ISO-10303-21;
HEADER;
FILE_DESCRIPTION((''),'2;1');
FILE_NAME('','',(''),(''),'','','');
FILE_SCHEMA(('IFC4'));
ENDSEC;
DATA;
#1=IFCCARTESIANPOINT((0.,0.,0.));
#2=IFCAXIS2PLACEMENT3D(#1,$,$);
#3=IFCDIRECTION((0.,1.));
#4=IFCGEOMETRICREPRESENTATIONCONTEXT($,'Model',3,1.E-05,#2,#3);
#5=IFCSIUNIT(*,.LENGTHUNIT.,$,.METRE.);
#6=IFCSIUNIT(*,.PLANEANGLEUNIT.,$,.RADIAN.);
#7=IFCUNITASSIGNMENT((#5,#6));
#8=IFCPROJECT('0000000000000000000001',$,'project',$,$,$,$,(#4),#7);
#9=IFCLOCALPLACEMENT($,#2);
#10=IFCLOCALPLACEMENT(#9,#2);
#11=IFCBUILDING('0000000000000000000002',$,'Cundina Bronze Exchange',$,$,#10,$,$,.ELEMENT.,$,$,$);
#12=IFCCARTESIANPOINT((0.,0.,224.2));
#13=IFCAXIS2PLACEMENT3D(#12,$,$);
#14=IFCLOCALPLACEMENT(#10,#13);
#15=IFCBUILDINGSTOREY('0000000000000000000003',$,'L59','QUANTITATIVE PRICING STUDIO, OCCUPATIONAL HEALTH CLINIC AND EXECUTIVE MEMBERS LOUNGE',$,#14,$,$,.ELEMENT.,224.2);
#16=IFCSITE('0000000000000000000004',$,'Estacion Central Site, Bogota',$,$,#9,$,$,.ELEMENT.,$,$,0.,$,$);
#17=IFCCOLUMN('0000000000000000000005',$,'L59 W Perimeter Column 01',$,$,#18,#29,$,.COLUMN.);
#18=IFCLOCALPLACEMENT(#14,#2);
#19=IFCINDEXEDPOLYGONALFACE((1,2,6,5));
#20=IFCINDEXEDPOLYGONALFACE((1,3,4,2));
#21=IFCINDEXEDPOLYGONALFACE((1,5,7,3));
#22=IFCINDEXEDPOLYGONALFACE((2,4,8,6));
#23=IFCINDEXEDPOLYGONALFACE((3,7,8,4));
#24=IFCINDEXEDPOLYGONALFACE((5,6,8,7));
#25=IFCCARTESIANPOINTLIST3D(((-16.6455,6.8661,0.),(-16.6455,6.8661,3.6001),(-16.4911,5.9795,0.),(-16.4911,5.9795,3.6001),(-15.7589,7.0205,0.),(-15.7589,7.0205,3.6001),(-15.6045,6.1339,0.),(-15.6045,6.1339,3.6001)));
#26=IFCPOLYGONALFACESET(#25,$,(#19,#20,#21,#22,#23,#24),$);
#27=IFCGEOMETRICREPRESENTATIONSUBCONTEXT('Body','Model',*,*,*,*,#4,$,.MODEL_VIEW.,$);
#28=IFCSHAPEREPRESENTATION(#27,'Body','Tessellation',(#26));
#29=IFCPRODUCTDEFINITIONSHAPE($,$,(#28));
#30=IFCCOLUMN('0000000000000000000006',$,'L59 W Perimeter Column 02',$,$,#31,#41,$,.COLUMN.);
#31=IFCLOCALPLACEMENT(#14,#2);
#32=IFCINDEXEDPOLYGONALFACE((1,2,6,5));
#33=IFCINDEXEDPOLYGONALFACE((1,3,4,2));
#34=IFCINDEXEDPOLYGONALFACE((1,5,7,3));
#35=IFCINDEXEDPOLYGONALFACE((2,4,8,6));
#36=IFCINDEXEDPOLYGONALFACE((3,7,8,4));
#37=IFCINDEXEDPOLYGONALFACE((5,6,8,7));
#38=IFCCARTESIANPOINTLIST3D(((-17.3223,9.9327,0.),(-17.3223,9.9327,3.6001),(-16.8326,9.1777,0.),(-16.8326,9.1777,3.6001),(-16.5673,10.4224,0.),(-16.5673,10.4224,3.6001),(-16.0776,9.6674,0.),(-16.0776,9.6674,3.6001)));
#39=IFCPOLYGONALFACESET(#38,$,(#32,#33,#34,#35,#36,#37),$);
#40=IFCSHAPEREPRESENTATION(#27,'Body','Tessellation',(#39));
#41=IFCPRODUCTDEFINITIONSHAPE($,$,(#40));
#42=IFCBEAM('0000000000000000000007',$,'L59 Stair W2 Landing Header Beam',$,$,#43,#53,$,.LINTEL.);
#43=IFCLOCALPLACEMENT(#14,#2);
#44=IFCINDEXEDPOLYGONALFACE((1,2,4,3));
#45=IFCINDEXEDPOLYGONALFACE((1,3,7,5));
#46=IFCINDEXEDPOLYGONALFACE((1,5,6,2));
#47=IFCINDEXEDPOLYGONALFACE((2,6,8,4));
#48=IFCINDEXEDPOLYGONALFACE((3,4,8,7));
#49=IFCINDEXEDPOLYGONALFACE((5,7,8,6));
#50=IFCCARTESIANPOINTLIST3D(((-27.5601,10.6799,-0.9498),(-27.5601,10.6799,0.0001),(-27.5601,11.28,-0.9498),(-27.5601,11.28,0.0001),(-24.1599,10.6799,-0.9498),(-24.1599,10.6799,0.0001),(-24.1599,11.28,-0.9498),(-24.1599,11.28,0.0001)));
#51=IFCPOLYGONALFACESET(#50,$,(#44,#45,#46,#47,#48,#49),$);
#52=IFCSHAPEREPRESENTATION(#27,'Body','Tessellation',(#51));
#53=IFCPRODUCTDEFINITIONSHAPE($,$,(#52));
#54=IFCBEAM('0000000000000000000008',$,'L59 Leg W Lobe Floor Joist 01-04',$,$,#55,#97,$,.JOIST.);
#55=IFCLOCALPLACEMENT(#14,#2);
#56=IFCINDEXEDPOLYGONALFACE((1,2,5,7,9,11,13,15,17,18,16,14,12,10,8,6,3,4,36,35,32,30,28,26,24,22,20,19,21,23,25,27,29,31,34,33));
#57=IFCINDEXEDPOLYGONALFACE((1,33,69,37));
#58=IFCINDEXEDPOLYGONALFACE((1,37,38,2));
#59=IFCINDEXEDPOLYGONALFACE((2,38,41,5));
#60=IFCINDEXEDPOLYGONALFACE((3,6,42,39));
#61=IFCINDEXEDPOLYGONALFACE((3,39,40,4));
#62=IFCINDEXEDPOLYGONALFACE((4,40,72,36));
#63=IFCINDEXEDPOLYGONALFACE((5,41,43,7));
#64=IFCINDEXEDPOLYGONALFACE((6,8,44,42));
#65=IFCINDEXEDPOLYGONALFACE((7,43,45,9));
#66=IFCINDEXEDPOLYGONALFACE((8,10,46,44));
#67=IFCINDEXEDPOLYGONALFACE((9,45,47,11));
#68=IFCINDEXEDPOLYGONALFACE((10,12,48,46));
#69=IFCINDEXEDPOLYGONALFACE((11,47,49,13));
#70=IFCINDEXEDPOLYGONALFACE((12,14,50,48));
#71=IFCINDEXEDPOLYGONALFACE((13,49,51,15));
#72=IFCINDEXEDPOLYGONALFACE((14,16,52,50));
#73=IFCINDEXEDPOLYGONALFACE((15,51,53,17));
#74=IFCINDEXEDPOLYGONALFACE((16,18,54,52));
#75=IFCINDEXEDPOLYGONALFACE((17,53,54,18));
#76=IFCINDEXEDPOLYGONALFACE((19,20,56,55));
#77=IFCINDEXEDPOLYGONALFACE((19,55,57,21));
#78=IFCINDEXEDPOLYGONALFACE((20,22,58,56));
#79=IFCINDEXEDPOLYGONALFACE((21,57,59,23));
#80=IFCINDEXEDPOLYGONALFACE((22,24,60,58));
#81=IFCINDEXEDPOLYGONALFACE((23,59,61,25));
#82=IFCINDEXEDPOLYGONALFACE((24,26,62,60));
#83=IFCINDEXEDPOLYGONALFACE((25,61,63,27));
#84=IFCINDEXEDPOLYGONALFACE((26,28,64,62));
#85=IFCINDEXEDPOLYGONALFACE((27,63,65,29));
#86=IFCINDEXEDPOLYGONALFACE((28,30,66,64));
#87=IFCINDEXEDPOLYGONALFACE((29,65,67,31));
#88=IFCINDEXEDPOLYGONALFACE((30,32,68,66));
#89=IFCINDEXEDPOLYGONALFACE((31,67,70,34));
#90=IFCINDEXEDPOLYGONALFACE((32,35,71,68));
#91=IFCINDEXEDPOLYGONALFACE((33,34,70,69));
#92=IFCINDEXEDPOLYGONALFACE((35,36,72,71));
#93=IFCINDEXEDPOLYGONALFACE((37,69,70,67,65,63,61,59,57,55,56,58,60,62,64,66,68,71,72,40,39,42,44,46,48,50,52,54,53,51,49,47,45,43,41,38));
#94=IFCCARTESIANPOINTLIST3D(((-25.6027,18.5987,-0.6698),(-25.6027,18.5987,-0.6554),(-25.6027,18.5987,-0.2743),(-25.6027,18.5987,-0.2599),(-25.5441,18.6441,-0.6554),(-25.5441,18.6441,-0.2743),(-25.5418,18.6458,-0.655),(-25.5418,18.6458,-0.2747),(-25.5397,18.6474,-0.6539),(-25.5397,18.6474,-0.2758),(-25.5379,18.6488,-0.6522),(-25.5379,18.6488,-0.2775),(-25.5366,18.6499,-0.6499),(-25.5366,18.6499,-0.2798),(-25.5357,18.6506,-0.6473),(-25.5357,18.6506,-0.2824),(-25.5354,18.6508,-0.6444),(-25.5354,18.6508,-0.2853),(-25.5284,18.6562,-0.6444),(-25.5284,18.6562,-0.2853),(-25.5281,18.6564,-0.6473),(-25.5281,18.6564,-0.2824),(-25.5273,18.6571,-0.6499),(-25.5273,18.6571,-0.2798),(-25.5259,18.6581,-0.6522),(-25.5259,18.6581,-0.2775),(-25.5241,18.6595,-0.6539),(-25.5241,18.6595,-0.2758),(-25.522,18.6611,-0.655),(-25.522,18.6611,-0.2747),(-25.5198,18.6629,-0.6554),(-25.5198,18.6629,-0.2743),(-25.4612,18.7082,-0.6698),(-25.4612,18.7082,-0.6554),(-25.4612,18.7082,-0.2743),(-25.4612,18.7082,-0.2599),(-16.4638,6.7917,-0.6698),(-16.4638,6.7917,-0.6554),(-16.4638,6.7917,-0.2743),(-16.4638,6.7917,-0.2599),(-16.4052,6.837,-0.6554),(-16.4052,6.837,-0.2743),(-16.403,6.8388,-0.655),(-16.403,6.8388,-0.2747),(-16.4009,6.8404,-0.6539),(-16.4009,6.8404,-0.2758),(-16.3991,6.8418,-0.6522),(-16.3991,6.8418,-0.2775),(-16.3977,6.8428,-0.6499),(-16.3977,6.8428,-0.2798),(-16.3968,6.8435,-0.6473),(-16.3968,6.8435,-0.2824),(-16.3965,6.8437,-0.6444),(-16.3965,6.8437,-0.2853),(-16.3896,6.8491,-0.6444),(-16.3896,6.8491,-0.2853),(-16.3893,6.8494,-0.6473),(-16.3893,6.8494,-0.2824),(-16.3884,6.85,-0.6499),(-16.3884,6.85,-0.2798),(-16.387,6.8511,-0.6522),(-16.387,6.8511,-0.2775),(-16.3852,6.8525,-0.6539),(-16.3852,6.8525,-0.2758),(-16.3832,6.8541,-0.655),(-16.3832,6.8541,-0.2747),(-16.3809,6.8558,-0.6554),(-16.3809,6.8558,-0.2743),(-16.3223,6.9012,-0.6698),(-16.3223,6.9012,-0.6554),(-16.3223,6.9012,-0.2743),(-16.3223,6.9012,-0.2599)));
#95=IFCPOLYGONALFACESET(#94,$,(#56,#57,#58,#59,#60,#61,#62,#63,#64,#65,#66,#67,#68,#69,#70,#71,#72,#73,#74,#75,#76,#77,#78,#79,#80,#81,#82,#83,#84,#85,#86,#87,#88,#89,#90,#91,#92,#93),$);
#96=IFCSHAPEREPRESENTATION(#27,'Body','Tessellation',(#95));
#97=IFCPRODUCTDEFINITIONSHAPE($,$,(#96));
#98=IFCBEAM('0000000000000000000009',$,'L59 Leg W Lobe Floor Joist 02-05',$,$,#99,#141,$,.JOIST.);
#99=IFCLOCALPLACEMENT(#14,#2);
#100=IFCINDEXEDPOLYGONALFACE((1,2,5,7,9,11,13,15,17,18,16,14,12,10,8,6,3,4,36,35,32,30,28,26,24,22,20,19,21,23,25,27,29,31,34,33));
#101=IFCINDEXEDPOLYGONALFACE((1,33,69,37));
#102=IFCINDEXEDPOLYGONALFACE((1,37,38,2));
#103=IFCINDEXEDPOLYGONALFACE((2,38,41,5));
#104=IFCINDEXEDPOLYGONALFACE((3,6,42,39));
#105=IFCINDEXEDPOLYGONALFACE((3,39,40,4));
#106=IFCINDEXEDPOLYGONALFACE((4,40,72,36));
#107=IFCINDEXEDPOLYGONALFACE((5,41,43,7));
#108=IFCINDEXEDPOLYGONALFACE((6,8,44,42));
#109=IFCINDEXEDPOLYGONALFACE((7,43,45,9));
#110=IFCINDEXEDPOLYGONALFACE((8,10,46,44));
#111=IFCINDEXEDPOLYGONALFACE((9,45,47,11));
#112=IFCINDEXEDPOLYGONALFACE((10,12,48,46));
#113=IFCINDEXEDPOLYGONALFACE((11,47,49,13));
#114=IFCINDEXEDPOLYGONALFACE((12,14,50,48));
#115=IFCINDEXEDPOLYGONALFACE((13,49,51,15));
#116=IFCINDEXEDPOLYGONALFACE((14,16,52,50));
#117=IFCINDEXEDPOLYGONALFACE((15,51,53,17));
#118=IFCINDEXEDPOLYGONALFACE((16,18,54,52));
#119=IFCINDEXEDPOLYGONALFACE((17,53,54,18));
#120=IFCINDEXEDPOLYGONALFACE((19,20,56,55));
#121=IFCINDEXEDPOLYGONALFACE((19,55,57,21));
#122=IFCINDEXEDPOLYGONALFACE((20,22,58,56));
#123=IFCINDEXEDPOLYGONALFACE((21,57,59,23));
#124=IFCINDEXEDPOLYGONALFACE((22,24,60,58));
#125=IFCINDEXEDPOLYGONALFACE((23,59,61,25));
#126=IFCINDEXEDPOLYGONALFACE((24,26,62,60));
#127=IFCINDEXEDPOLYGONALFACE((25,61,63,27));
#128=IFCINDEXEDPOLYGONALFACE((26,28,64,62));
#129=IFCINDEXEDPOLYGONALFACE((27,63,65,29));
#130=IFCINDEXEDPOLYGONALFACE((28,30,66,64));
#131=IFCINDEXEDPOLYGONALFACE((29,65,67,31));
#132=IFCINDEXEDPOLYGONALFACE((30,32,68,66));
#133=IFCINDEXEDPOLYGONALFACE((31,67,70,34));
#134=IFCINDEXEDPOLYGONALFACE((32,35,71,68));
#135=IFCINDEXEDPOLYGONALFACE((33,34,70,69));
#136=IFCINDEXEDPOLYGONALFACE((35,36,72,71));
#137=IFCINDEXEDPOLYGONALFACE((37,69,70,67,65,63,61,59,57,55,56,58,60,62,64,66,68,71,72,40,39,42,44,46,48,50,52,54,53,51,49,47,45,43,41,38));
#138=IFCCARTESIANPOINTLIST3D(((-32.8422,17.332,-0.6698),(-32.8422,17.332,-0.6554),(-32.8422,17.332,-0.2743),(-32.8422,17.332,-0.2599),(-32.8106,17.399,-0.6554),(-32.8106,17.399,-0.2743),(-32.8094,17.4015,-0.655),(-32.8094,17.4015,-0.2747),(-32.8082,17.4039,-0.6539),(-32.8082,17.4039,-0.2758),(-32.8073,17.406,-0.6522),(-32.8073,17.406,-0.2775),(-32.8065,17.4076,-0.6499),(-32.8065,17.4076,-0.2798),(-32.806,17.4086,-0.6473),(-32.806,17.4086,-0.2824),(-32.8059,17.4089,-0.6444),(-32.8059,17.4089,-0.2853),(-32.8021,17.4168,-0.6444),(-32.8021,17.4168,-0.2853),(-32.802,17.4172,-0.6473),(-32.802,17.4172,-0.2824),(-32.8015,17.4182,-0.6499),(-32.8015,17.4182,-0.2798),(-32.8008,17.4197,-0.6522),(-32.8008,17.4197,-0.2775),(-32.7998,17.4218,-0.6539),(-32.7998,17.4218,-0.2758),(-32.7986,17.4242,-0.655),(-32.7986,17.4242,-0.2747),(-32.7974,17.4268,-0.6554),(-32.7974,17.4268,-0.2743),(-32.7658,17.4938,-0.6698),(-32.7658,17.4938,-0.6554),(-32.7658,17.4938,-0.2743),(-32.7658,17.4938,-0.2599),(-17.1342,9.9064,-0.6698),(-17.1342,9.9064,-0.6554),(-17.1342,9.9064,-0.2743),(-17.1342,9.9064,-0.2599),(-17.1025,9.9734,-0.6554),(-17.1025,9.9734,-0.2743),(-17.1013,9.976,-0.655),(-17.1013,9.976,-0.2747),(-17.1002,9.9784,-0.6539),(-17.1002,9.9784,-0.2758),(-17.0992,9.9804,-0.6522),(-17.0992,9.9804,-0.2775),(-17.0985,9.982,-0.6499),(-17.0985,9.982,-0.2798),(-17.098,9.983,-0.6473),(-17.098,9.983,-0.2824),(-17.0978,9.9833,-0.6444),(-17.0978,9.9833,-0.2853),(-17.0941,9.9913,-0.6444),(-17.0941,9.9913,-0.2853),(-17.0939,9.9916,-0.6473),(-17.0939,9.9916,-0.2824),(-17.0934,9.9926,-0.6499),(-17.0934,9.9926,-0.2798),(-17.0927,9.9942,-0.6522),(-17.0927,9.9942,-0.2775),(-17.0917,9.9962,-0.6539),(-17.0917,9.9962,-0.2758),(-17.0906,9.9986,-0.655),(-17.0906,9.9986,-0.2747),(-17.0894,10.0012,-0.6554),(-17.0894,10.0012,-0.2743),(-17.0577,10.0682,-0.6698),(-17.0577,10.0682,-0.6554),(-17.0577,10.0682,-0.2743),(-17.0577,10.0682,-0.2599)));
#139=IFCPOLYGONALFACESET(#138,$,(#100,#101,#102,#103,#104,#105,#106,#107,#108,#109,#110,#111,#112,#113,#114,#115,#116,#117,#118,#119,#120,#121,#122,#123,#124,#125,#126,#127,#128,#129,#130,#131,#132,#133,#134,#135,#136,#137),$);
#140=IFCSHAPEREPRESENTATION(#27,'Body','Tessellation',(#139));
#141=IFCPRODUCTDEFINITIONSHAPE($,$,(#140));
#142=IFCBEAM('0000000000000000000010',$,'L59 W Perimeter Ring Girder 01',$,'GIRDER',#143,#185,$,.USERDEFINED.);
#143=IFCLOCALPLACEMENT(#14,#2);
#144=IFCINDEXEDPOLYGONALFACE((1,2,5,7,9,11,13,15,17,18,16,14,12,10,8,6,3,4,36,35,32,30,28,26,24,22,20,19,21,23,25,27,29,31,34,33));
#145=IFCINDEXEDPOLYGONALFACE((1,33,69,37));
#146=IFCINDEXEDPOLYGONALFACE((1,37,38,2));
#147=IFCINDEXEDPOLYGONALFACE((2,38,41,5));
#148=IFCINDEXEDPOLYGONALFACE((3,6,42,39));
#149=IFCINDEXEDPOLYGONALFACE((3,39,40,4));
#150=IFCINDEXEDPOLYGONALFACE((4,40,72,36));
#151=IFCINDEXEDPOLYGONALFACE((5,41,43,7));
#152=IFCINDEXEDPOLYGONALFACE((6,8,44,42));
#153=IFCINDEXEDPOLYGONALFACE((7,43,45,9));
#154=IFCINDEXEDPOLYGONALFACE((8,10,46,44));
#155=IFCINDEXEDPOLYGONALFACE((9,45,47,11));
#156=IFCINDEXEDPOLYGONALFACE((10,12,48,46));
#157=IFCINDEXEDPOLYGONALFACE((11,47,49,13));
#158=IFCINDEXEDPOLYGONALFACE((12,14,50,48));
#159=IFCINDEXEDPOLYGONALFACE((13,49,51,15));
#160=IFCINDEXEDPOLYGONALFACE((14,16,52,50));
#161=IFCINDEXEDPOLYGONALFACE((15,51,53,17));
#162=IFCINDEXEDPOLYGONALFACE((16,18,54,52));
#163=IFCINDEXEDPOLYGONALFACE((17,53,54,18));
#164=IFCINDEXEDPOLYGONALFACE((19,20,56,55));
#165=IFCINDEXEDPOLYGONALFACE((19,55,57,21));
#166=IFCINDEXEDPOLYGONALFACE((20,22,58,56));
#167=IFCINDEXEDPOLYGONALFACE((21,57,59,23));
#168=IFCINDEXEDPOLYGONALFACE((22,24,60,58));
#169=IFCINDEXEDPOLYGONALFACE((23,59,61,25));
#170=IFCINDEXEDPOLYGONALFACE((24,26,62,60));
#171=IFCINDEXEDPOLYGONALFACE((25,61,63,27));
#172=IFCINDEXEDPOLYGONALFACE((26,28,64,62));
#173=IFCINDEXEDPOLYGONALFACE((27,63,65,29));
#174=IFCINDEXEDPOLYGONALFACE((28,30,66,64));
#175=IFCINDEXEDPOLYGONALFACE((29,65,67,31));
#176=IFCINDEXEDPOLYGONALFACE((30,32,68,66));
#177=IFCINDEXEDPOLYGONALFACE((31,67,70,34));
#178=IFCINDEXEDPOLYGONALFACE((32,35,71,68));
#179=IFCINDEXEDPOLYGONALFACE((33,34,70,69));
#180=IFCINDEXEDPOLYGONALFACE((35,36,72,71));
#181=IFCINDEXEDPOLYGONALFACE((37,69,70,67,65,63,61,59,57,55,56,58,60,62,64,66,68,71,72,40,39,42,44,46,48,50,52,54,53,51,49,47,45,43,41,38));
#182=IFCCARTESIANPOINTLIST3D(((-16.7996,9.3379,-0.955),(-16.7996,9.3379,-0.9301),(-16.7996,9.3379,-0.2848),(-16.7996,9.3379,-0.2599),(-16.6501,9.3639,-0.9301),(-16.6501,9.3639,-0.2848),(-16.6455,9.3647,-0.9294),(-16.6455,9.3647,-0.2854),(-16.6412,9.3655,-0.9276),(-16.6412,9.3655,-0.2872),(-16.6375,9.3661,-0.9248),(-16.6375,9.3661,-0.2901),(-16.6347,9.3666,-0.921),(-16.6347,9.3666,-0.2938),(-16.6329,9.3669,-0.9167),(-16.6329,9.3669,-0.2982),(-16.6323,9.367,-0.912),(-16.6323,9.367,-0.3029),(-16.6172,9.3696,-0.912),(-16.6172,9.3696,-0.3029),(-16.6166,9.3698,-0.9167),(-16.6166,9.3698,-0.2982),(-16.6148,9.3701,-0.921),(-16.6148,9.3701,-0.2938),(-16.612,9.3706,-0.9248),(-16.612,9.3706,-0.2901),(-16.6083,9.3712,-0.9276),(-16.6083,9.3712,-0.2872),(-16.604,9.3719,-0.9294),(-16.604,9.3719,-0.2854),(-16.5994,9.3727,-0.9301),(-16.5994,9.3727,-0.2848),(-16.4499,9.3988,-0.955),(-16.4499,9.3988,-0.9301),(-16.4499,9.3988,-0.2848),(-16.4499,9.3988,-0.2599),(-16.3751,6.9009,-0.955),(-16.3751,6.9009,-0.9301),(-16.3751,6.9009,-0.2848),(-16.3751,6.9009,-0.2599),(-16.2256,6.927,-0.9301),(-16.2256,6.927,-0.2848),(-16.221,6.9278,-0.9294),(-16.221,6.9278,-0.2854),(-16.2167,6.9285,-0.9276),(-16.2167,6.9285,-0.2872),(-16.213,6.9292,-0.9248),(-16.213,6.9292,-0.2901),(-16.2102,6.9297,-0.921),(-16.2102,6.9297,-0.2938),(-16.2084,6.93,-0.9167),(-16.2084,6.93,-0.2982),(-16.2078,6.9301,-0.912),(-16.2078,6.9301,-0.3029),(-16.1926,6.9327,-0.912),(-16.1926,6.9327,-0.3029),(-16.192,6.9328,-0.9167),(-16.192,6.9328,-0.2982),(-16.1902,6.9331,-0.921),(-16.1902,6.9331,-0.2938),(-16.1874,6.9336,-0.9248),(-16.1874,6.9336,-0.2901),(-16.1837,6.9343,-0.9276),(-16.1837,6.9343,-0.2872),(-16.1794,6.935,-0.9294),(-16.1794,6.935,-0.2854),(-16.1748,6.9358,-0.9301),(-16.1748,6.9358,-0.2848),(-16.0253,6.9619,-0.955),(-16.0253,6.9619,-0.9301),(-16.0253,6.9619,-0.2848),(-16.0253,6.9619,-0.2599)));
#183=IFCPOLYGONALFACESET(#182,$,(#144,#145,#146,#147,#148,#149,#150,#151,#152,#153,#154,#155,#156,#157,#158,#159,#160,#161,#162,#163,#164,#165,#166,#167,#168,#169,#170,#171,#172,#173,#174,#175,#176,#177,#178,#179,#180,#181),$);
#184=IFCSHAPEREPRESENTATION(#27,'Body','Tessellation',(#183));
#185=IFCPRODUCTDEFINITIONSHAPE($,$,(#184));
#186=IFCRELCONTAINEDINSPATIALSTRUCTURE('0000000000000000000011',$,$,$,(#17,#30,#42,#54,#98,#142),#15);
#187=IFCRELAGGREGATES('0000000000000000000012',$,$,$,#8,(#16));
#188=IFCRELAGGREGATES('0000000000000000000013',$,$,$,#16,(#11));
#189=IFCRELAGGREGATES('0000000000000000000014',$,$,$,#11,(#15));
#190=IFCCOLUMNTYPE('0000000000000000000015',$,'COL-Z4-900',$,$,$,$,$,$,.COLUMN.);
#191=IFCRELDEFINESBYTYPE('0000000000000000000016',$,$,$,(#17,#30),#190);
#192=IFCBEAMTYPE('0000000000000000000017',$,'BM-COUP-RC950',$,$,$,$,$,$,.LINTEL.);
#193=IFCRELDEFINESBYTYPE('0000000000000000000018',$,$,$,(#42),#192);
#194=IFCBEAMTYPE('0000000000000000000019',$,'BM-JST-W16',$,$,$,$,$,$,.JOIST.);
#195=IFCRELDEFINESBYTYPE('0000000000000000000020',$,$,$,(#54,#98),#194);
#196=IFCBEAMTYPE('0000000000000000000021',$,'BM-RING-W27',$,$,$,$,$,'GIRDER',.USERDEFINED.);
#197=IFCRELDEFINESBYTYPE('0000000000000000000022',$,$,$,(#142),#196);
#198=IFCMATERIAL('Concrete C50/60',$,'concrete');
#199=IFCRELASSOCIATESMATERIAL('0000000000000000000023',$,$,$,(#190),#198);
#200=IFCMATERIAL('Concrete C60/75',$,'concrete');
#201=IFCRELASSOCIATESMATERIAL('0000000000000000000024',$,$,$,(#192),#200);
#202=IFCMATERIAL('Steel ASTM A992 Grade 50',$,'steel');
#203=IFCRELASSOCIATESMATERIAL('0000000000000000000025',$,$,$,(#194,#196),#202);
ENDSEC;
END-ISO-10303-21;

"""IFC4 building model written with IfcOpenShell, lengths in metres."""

from ifc_helpers import new_model, si_unit, direction, frame, origin, origin_2d, place, context, subcontext, project, spatial, rectangle, i_section, extrude, material, material_profile, profile_set, type_object, element, save


model = new_model("IFC4")

# Units and contexts
model_context = context("Model", 3, precision=1e-05, world=origin(), true_north=direction((0.0, 1.0)))
body_context = subcontext(model_context, "Body", "Model", "MODEL_VIEW")
ifc_project = project(units=[si_unit("LENGTHUNIT", "METRE"), si_unit("PLANEANGLEUNIT", "RADIAN")], contexts=[model_context])

# Site, building, storey
site_placement = place(None, origin())
site = spatial("IfcSite", under=ifc_project, at=site_placement, Name="Estacion Central Site, Bogota", CompositionType="ELEMENT", RefElevation=0.0)
building_placement = place(site_placement, origin())
building = spatial("IfcBuilding", under=site, at=building_placement, Name="Cundina Bronze Exchange", CompositionType="ELEMENT")
storey_placement = place(building_placement, frame((0.0, 0.0, 224.2)))
storey = spatial("IfcBuildingStorey", under=building, at=storey_placement, Name="L59", Description="QUANTITATIVE PRICING STUDIO, OCCUPATIONAL HEALTH CLINIC AND EXECUTIVE MEMBERS LOUNGE", CompositionType="ELEMENT", Elevation=224.2)

# Columns
ifc_material_1 = material(Name="Concrete C50/60", Category="concrete")
ifc_material_profile_1 = material_profile(ifc_material_1, rectangle(XDim=0.8999, YDim=0.8999, at=origin_2d()), Name="RC900X900", Category="concrete")
ifc_profile_set_1 = profile_set([ifc_material_profile_1], Name="Concrete C50/60")
column_type = type_object("IfcColumnType", Name="COL-Z4-900", PredefinedType="COLUMN", material=ifc_profile_set_1)
for number, where, z_axis, x_axis, name in (
    (1, (-16.125, 6.5, 0.0), (0.0, 0.0, 1.0), (-0.171585, 0.985169, 0.0), "L59 W Perimeter Column 01"),
    (2, (-16.7, 9.8, 0.0), (0.0, 0.0, 1.0), (-0.5442, 0.838956, 0.0), "L59 W Perimeter Column 02"),
):
    element("IfcColumn", number, at=place(storey_placement, frame(where, z_axis=z_axis, x_axis=x_axis)), inside=storey, type_object=column_type, Name=name, PredefinedType="COLUMN", context=body_context, shape_type="SweptSolid", body=[
        extrude(rectangle(XDim=0.8999, YDim=0.8999, at=origin_2d()), origin(), (0.0, 0.0, 1.0), 3.6001),
    ])

# Beams
ifc_material_2 = material(Name="Concrete C60/75", Category="concrete")
ifc_material_profile_2 = material_profile(ifc_material_2, rectangle(XDim=0.6001, YDim=0.95, at=origin_2d()), Name="RC600X950", Category="concrete")
ifc_profile_set_2 = profile_set([ifc_material_profile_2], Name="Concrete C60/75")
beam_type_1 = type_object("IfcBeamType", Name="BM-COUP-RC950", PredefinedType="LINTEL", material=ifc_profile_set_2)
beam_1_placement = place(storey_placement, frame((-27.5601, 10.98, -0.4749), z_axis=(1.0, 0.0, 0.0), x_axis=(0.0, 1.0, 0.0)))
element("IfcBeam", 3, at=beam_1_placement, inside=storey, type_object=beam_type_1, Name="L59 Stair W2 Landing Header Beam", PredefinedType="LINTEL", context=body_context, shape_type="SweptSolid", body=[
    extrude(rectangle(XDim=0.6001, YDim=0.95, at=origin_2d()), origin(), (0.0, 0.0, 1.0), 3.4001),
])
ifc_material_3 = material(Name="Steel ASTM A992 Grade 50", Category="steel")
ifc_material_profile_3 = material_profile(ifc_material_3, i_section(OverallWidth=0.179, OverallDepth=0.4099, WebThickness=0.0088, FlangeThickness=0.0144, FilletRadius=0.011, at=origin_2d()), Name="W16X45", Category="steel")
ifc_profile_set_3 = profile_set([ifc_material_profile_3], Name="Steel ASTM A992 Grade 50")
beam_type_2 = type_object("IfcBeamType", Name="BM-JST-W16", PredefinedType="JOIST", material=ifc_profile_set_3)
beam_2_placement = place(storey_placement, frame((-16.3931, 6.8464, -0.4648), z_axis=(-0.612086, 0.790791, 0.0), x_axis=(-0.790791, -0.612086, 0.0)))
element("IfcBeam", 4, at=beam_2_placement, inside=storey, type_object=beam_type_2, Name="L59 Leg W Lobe Floor Joist 01-04", PredefinedType="JOIST", context=body_context, shape_type="SweptSolid", body=[
    extrude(i_section(OverallWidth=0.179, OverallDepth=0.4099, WebThickness=0.0088, FlangeThickness=0.0144, FilletRadius=0.011, at=origin_2d()), origin(), (0.0, 0.0, 1.0), 14.9307),
])
beam_3_placement = place(storey_placement, frame((-17.0959, 9.9873, -0.4648), z_axis=(-0.904074, 0.427376, 0.0), x_axis=(-0.427376, -0.904074, 0.0)))
element("IfcBeam", 5, at=beam_3_placement, inside=storey, type_object=beam_type_2, Name="L59 Leg W Lobe Floor Joist 02-05", PredefinedType="JOIST", context=body_context, shape_type="SweptSolid", body=[
    extrude(i_section(OverallWidth=0.179, OverallDepth=0.4099, WebThickness=0.0088, FlangeThickness=0.0144, FilletRadius=0.011, at=origin_2d()), origin(), (0.0, 0.0, 1.0), 17.3748),
])
ifc_material_profile_4 = material_profile(ifc_material_3, i_section(OverallWidth=0.355, OverallDepth=0.6951, WebThickness=0.0154, FlangeThickness=0.0249, FilletRadius=0.0181, at=origin_2d()), Name="W27X146", Category="steel")
ifc_profile_set_4 = profile_set([ifc_material_profile_4], Name="Steel ASTM A992 Grade 50")
beam_type_3 = type_object("IfcBeamType", Name="BM-RING-W27", ElementType="GIRDER", PredefinedType="USERDEFINED", material=ifc_profile_set_4)
beam_4_placement = place(storey_placement, frame((-16.2002, 6.9314, -0.6074), z_axis=(-0.171629, 0.985162, 0.0), x_axis=(-0.985162, -0.171629, 0.0)))
element("IfcBeam", 6, at=beam_4_placement, inside=storey, type_object=beam_type_3, Name="L59 W Perimeter Ring Girder 01", ObjectType="GIRDER", PredefinedType="USERDEFINED", context=body_context, shape_type="SweptSolid", body=[
    extrude(i_section(OverallWidth=0.355, OverallDepth=0.6951, WebThickness=0.0154, FlangeThickness=0.0249, FilletRadius=0.0181, at=origin_2d()), origin(), (0.0, 0.0, 1.0), 2.4736),
])

save(model, "model.ifc")
